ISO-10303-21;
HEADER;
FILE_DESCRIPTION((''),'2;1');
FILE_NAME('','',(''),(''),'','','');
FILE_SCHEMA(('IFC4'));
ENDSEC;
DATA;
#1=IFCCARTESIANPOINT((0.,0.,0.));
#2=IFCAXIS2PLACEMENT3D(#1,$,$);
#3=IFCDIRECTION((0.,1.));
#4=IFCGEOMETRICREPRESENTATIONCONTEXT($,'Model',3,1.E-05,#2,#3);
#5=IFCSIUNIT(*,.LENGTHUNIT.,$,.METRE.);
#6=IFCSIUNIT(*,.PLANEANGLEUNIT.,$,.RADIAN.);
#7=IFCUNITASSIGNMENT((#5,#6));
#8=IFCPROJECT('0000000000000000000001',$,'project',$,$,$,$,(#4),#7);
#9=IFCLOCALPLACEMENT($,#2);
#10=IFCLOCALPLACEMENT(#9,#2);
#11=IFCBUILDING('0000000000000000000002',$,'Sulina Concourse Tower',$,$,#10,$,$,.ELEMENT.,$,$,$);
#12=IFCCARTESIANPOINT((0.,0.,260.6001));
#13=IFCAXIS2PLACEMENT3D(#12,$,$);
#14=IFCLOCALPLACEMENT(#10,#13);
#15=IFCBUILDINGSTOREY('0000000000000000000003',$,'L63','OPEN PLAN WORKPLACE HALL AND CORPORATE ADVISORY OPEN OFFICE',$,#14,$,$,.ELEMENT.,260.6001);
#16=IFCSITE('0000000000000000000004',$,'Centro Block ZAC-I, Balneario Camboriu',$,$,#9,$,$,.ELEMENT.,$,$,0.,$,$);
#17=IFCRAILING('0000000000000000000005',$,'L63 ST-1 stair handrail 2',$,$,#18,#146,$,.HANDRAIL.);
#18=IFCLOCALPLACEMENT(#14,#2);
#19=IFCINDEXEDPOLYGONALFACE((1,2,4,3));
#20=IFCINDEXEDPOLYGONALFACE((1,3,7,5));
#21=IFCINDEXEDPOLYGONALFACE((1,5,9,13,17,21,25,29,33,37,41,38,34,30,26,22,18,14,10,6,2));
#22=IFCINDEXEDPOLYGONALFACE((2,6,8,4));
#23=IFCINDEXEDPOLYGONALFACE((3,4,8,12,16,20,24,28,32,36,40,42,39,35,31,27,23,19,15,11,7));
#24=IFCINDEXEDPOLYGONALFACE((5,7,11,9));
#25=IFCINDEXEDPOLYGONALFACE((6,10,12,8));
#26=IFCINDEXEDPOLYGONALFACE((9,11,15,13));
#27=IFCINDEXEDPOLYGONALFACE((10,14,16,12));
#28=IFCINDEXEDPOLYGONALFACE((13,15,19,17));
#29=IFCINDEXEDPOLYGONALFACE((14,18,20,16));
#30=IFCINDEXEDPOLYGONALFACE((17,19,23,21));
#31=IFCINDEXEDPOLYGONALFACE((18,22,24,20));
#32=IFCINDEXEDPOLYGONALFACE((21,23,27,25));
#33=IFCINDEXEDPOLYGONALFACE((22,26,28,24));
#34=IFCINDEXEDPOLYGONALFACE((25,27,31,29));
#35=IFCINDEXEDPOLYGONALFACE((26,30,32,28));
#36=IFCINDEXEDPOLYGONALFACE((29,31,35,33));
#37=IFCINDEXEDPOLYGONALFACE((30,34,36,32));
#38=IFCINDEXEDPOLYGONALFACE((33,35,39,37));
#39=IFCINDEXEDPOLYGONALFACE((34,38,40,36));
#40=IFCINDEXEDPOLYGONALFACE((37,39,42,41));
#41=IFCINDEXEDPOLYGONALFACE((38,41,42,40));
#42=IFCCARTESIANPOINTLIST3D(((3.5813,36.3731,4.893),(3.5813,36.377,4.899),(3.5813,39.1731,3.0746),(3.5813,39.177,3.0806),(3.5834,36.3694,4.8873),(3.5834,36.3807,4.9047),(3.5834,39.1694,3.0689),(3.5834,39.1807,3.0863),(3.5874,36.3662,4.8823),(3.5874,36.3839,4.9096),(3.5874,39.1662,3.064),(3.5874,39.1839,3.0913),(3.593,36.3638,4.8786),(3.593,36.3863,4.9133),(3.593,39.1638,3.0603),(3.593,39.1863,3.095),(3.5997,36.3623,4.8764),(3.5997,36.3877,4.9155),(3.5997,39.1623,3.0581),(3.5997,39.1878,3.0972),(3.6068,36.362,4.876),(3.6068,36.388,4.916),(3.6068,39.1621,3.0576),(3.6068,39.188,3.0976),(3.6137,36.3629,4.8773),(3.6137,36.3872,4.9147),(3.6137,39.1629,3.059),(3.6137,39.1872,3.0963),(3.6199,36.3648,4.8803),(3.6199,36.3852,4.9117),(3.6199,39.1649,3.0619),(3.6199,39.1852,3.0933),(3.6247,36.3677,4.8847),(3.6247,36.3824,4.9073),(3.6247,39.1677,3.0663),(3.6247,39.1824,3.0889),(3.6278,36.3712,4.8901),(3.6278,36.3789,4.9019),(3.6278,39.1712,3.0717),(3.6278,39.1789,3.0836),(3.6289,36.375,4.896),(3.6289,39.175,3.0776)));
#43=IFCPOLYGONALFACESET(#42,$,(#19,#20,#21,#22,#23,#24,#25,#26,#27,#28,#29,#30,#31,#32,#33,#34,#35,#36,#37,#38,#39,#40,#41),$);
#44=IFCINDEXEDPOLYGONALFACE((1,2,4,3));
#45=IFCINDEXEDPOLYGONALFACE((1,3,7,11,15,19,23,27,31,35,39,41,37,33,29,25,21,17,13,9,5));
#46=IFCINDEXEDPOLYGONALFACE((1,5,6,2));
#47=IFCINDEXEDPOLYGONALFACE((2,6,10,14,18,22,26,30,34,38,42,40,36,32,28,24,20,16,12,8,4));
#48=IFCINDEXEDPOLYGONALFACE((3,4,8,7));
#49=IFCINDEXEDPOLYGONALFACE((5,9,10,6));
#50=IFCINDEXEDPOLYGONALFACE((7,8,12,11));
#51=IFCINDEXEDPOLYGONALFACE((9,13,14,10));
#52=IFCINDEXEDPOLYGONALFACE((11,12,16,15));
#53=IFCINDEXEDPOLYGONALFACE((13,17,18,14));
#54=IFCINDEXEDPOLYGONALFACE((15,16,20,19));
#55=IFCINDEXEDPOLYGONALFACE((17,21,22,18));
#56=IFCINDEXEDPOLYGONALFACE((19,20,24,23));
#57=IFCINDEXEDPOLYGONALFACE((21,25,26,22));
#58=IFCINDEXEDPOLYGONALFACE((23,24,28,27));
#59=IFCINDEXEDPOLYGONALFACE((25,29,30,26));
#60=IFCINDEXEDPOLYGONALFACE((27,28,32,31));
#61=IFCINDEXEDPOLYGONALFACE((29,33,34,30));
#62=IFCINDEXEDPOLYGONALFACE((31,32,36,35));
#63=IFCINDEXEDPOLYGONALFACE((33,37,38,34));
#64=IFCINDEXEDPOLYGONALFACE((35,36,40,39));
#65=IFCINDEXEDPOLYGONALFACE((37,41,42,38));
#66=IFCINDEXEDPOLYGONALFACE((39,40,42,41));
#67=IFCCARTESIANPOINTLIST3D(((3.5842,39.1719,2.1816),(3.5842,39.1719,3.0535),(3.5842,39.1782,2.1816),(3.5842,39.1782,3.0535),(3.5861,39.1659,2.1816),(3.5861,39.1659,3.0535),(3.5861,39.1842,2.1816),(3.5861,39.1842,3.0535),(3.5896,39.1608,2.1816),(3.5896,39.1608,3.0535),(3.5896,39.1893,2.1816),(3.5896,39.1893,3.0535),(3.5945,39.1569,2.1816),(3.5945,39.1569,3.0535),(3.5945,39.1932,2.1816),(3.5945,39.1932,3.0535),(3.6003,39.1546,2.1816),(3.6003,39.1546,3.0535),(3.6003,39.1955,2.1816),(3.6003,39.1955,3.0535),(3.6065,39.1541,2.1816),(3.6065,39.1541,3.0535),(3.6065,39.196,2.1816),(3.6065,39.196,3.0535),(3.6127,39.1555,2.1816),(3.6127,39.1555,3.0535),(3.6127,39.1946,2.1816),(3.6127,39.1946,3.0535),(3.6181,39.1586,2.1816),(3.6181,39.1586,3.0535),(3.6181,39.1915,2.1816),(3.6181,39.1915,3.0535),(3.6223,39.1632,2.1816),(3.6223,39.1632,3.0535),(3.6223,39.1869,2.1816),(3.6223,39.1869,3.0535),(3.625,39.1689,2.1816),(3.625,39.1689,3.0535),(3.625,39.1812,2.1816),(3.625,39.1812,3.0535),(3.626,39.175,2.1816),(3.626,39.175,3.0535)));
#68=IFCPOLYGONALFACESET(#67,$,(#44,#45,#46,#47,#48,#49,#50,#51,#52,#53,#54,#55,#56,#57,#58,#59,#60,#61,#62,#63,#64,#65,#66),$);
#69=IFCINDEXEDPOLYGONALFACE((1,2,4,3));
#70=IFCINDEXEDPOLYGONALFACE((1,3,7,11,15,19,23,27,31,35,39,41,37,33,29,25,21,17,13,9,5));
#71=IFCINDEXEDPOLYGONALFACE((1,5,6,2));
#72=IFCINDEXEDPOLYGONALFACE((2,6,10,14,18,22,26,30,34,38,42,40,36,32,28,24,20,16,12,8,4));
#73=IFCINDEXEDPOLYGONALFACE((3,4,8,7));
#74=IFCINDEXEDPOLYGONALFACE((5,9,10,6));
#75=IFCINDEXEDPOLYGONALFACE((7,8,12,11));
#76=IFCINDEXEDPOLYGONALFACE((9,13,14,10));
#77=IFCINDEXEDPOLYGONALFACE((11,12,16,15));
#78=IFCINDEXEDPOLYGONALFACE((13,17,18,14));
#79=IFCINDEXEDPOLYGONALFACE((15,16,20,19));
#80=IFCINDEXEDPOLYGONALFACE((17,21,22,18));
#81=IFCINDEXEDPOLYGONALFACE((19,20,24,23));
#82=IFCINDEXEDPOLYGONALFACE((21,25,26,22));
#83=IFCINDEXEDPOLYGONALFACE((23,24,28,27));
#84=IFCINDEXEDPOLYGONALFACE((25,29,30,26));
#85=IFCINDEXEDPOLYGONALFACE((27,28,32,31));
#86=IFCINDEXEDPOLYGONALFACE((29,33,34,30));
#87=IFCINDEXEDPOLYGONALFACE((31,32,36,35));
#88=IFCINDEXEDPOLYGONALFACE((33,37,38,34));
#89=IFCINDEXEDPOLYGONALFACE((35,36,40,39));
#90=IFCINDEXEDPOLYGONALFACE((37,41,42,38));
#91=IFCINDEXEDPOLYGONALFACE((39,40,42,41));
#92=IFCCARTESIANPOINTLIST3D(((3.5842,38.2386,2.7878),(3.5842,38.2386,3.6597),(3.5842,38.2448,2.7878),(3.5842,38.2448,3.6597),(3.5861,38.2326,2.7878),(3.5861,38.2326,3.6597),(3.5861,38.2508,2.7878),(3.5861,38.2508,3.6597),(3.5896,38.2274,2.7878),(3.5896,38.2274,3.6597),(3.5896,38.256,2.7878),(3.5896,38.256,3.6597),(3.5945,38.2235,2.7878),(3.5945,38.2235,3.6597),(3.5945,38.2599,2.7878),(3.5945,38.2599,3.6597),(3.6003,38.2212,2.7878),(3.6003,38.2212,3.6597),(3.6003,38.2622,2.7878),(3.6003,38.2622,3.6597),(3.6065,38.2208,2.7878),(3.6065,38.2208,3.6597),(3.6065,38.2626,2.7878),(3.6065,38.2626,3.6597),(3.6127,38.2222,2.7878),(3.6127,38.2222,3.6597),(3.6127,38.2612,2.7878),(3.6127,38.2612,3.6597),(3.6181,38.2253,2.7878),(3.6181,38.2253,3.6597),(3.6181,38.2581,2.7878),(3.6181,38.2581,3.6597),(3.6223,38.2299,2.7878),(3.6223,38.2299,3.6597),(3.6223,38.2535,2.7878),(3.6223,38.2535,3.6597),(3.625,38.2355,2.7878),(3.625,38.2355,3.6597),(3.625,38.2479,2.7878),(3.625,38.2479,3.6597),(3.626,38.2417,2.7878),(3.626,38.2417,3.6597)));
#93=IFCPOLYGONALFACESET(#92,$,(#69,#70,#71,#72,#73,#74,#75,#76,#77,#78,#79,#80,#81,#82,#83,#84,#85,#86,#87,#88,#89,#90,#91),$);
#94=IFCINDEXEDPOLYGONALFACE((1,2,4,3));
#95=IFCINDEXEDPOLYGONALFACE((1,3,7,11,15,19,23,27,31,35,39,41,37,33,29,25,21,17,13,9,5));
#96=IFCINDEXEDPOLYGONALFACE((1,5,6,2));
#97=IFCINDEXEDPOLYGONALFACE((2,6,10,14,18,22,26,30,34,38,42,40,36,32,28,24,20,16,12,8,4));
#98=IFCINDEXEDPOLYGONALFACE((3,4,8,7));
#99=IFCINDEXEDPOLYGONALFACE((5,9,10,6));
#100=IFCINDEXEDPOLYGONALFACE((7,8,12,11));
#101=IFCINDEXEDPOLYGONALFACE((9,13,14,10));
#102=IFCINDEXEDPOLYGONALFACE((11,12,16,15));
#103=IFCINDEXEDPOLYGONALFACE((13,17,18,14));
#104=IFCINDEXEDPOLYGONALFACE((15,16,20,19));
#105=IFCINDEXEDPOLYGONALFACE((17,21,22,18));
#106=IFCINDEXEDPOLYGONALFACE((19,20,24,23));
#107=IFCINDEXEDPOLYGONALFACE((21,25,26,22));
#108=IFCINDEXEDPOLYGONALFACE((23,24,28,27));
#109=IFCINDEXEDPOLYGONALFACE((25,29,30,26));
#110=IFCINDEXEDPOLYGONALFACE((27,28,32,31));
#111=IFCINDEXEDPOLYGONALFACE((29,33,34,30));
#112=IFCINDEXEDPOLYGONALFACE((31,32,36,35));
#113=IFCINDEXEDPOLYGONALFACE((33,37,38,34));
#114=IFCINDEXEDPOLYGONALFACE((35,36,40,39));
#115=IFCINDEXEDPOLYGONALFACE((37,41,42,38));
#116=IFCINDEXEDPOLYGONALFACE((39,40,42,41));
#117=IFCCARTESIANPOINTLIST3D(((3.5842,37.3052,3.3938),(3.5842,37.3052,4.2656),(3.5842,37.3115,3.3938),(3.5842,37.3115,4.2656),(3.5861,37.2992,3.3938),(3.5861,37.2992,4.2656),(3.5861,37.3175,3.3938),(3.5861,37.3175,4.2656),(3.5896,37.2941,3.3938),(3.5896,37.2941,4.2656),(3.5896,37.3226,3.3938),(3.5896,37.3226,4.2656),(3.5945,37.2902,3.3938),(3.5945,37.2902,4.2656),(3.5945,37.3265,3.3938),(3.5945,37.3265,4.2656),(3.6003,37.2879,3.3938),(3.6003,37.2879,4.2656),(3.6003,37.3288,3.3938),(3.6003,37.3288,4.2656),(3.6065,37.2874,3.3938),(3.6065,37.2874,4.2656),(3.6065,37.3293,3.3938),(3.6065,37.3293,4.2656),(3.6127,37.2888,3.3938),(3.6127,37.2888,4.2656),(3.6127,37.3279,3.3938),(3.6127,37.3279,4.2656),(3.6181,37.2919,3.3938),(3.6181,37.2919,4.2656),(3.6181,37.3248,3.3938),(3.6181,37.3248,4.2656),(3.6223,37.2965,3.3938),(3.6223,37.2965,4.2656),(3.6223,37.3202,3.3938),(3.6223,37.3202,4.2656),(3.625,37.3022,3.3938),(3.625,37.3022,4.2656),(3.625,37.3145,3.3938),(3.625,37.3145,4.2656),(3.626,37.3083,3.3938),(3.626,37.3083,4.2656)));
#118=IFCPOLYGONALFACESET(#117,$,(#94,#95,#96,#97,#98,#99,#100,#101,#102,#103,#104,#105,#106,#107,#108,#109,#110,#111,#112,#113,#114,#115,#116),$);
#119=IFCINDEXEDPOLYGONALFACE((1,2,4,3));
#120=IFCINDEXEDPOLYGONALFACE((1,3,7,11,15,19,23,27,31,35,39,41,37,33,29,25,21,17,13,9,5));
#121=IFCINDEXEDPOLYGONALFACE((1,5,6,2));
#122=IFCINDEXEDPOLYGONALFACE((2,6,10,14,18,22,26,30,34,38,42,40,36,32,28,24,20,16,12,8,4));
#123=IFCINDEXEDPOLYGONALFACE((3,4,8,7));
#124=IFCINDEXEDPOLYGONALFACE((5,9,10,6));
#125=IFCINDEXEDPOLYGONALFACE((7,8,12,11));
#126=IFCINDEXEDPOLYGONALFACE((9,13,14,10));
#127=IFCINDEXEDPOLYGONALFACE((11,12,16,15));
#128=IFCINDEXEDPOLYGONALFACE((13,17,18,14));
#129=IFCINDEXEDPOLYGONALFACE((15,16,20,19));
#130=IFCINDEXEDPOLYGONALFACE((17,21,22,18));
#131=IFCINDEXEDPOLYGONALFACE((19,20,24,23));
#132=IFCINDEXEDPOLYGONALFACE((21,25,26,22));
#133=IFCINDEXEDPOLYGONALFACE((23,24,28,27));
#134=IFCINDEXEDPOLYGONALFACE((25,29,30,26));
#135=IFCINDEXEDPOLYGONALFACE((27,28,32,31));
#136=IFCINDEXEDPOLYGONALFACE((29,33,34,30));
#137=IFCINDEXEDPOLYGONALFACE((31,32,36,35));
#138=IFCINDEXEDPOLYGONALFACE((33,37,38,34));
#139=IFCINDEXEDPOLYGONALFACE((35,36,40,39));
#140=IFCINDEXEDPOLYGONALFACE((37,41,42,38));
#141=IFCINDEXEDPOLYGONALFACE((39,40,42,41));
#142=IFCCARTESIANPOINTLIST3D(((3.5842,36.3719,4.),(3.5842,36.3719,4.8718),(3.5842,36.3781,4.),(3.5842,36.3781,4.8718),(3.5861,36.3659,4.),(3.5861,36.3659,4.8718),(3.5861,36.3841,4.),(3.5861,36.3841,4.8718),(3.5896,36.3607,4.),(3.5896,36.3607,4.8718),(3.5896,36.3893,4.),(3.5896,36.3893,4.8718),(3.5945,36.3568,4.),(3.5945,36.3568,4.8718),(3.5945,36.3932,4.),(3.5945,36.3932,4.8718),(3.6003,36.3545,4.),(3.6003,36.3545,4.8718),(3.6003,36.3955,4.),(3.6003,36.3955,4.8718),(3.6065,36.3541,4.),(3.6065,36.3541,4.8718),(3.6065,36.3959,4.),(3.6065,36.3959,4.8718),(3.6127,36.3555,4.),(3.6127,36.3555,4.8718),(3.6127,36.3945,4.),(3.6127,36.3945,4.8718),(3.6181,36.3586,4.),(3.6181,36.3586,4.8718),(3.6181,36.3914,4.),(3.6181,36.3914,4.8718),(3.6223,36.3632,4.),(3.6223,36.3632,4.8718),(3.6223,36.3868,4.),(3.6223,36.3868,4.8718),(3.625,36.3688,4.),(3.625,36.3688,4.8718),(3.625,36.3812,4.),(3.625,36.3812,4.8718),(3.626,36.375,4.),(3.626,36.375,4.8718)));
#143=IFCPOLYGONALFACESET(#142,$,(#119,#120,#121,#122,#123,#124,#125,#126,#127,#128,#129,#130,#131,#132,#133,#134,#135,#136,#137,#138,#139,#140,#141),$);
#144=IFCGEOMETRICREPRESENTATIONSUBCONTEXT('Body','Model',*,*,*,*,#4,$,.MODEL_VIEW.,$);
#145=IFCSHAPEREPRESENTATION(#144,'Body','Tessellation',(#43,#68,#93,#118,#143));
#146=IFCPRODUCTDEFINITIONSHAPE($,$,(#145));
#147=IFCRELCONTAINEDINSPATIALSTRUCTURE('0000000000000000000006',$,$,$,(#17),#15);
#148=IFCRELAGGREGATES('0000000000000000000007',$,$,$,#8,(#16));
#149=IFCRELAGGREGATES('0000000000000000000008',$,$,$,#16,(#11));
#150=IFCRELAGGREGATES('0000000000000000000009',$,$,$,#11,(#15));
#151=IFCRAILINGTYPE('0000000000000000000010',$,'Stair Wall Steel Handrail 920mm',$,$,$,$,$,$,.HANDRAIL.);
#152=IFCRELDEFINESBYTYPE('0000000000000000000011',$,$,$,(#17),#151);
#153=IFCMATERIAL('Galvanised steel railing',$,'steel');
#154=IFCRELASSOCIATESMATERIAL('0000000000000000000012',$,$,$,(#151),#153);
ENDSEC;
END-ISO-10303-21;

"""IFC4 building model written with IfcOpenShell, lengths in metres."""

from ifc_helpers import new_model, si_unit, direction, frame, origin, origin_2d, place, context, subcontext, project, spatial, circle, extrude, material, type_object, element, save


model = new_model("IFC4")

# Units and contexts
model_context = context("Model", 3, precision=1e-05, world=origin(), true_north=direction((0.0, 1.0)))
body_context = subcontext(model_context, "Body", "Model", "MODEL_VIEW")
ifc_project = project(units=[si_unit("LENGTHUNIT", "METRE"), si_unit("PLANEANGLEUNIT", "RADIAN")], contexts=[model_context])

# Site, building, storey
site_placement = place(None, origin())
site = spatial("IfcSite", under=ifc_project, at=site_placement, Name="Centro Block ZAC-I, Balneario Camboriu", CompositionType="ELEMENT", RefElevation=0.0)
building_placement = place(site_placement, origin())
building = spatial("IfcBuilding", under=site, at=building_placement, Name="Sulina Concourse Tower", CompositionType="ELEMENT")
storey_placement = place(building_placement, frame((0.0, 0.0, 260.6001)))
storey = spatial("IfcBuildingStorey", under=building, at=storey_placement, Name="L63", Description="OPEN PLAN WORKPLACE HALL AND CORPORATE ADVISORY OPEN OFFICE", CompositionType="ELEMENT", Elevation=260.6001)

# Railing
ifc_material_1 = material(Name="Galvanised steel railing", Category="steel")
railing_type_1 = type_object("IfcRailingType", Name="Stair Wall Steel Handrail 920mm", PredefinedType="HANDRAIL", material=ifc_material_1)
railing_1_placement = place(storey_placement, frame((3.605, 39.175, 2.1816)))
element("IfcRailing", 1, at=railing_1_placement, inside=storey, type_object=railing_type_1, Name="L63 ST-1 stair handrail 2", PredefinedType="HANDRAIL", context=body_context, shape_type="SweptSolid", body=[
    extrude(circle(Radius=0.0239, at=origin_2d()), frame((0.0, 0.0, 0.896), z_axis=(0.0, -0.838672, 0.544636), x_axis=(1.0, 0.0, 0.0)), (0.0, 0.0, 1.0), 3.3386),
    extrude(circle(Radius=0.021, at=origin_2d()), origin(), (0.0, 0.0, 1.0), 0.8718),
    extrude(circle(Radius=0.021, at=origin_2d()), frame((0.0, -0.9333, 0.6062)), (0.0, 0.0, 1.0), 0.8718),
    extrude(circle(Radius=0.021, at=origin_2d()), frame((0.0, -1.8667, 1.2122)), (0.0, 0.0, 1.0), 0.8718),
    extrude(circle(Radius=0.021, at=origin_2d()), frame((0.0, -2.8, 1.8184)), (0.0, 0.0, 1.0), 0.8718),
])

save(model, "model.ifc")
